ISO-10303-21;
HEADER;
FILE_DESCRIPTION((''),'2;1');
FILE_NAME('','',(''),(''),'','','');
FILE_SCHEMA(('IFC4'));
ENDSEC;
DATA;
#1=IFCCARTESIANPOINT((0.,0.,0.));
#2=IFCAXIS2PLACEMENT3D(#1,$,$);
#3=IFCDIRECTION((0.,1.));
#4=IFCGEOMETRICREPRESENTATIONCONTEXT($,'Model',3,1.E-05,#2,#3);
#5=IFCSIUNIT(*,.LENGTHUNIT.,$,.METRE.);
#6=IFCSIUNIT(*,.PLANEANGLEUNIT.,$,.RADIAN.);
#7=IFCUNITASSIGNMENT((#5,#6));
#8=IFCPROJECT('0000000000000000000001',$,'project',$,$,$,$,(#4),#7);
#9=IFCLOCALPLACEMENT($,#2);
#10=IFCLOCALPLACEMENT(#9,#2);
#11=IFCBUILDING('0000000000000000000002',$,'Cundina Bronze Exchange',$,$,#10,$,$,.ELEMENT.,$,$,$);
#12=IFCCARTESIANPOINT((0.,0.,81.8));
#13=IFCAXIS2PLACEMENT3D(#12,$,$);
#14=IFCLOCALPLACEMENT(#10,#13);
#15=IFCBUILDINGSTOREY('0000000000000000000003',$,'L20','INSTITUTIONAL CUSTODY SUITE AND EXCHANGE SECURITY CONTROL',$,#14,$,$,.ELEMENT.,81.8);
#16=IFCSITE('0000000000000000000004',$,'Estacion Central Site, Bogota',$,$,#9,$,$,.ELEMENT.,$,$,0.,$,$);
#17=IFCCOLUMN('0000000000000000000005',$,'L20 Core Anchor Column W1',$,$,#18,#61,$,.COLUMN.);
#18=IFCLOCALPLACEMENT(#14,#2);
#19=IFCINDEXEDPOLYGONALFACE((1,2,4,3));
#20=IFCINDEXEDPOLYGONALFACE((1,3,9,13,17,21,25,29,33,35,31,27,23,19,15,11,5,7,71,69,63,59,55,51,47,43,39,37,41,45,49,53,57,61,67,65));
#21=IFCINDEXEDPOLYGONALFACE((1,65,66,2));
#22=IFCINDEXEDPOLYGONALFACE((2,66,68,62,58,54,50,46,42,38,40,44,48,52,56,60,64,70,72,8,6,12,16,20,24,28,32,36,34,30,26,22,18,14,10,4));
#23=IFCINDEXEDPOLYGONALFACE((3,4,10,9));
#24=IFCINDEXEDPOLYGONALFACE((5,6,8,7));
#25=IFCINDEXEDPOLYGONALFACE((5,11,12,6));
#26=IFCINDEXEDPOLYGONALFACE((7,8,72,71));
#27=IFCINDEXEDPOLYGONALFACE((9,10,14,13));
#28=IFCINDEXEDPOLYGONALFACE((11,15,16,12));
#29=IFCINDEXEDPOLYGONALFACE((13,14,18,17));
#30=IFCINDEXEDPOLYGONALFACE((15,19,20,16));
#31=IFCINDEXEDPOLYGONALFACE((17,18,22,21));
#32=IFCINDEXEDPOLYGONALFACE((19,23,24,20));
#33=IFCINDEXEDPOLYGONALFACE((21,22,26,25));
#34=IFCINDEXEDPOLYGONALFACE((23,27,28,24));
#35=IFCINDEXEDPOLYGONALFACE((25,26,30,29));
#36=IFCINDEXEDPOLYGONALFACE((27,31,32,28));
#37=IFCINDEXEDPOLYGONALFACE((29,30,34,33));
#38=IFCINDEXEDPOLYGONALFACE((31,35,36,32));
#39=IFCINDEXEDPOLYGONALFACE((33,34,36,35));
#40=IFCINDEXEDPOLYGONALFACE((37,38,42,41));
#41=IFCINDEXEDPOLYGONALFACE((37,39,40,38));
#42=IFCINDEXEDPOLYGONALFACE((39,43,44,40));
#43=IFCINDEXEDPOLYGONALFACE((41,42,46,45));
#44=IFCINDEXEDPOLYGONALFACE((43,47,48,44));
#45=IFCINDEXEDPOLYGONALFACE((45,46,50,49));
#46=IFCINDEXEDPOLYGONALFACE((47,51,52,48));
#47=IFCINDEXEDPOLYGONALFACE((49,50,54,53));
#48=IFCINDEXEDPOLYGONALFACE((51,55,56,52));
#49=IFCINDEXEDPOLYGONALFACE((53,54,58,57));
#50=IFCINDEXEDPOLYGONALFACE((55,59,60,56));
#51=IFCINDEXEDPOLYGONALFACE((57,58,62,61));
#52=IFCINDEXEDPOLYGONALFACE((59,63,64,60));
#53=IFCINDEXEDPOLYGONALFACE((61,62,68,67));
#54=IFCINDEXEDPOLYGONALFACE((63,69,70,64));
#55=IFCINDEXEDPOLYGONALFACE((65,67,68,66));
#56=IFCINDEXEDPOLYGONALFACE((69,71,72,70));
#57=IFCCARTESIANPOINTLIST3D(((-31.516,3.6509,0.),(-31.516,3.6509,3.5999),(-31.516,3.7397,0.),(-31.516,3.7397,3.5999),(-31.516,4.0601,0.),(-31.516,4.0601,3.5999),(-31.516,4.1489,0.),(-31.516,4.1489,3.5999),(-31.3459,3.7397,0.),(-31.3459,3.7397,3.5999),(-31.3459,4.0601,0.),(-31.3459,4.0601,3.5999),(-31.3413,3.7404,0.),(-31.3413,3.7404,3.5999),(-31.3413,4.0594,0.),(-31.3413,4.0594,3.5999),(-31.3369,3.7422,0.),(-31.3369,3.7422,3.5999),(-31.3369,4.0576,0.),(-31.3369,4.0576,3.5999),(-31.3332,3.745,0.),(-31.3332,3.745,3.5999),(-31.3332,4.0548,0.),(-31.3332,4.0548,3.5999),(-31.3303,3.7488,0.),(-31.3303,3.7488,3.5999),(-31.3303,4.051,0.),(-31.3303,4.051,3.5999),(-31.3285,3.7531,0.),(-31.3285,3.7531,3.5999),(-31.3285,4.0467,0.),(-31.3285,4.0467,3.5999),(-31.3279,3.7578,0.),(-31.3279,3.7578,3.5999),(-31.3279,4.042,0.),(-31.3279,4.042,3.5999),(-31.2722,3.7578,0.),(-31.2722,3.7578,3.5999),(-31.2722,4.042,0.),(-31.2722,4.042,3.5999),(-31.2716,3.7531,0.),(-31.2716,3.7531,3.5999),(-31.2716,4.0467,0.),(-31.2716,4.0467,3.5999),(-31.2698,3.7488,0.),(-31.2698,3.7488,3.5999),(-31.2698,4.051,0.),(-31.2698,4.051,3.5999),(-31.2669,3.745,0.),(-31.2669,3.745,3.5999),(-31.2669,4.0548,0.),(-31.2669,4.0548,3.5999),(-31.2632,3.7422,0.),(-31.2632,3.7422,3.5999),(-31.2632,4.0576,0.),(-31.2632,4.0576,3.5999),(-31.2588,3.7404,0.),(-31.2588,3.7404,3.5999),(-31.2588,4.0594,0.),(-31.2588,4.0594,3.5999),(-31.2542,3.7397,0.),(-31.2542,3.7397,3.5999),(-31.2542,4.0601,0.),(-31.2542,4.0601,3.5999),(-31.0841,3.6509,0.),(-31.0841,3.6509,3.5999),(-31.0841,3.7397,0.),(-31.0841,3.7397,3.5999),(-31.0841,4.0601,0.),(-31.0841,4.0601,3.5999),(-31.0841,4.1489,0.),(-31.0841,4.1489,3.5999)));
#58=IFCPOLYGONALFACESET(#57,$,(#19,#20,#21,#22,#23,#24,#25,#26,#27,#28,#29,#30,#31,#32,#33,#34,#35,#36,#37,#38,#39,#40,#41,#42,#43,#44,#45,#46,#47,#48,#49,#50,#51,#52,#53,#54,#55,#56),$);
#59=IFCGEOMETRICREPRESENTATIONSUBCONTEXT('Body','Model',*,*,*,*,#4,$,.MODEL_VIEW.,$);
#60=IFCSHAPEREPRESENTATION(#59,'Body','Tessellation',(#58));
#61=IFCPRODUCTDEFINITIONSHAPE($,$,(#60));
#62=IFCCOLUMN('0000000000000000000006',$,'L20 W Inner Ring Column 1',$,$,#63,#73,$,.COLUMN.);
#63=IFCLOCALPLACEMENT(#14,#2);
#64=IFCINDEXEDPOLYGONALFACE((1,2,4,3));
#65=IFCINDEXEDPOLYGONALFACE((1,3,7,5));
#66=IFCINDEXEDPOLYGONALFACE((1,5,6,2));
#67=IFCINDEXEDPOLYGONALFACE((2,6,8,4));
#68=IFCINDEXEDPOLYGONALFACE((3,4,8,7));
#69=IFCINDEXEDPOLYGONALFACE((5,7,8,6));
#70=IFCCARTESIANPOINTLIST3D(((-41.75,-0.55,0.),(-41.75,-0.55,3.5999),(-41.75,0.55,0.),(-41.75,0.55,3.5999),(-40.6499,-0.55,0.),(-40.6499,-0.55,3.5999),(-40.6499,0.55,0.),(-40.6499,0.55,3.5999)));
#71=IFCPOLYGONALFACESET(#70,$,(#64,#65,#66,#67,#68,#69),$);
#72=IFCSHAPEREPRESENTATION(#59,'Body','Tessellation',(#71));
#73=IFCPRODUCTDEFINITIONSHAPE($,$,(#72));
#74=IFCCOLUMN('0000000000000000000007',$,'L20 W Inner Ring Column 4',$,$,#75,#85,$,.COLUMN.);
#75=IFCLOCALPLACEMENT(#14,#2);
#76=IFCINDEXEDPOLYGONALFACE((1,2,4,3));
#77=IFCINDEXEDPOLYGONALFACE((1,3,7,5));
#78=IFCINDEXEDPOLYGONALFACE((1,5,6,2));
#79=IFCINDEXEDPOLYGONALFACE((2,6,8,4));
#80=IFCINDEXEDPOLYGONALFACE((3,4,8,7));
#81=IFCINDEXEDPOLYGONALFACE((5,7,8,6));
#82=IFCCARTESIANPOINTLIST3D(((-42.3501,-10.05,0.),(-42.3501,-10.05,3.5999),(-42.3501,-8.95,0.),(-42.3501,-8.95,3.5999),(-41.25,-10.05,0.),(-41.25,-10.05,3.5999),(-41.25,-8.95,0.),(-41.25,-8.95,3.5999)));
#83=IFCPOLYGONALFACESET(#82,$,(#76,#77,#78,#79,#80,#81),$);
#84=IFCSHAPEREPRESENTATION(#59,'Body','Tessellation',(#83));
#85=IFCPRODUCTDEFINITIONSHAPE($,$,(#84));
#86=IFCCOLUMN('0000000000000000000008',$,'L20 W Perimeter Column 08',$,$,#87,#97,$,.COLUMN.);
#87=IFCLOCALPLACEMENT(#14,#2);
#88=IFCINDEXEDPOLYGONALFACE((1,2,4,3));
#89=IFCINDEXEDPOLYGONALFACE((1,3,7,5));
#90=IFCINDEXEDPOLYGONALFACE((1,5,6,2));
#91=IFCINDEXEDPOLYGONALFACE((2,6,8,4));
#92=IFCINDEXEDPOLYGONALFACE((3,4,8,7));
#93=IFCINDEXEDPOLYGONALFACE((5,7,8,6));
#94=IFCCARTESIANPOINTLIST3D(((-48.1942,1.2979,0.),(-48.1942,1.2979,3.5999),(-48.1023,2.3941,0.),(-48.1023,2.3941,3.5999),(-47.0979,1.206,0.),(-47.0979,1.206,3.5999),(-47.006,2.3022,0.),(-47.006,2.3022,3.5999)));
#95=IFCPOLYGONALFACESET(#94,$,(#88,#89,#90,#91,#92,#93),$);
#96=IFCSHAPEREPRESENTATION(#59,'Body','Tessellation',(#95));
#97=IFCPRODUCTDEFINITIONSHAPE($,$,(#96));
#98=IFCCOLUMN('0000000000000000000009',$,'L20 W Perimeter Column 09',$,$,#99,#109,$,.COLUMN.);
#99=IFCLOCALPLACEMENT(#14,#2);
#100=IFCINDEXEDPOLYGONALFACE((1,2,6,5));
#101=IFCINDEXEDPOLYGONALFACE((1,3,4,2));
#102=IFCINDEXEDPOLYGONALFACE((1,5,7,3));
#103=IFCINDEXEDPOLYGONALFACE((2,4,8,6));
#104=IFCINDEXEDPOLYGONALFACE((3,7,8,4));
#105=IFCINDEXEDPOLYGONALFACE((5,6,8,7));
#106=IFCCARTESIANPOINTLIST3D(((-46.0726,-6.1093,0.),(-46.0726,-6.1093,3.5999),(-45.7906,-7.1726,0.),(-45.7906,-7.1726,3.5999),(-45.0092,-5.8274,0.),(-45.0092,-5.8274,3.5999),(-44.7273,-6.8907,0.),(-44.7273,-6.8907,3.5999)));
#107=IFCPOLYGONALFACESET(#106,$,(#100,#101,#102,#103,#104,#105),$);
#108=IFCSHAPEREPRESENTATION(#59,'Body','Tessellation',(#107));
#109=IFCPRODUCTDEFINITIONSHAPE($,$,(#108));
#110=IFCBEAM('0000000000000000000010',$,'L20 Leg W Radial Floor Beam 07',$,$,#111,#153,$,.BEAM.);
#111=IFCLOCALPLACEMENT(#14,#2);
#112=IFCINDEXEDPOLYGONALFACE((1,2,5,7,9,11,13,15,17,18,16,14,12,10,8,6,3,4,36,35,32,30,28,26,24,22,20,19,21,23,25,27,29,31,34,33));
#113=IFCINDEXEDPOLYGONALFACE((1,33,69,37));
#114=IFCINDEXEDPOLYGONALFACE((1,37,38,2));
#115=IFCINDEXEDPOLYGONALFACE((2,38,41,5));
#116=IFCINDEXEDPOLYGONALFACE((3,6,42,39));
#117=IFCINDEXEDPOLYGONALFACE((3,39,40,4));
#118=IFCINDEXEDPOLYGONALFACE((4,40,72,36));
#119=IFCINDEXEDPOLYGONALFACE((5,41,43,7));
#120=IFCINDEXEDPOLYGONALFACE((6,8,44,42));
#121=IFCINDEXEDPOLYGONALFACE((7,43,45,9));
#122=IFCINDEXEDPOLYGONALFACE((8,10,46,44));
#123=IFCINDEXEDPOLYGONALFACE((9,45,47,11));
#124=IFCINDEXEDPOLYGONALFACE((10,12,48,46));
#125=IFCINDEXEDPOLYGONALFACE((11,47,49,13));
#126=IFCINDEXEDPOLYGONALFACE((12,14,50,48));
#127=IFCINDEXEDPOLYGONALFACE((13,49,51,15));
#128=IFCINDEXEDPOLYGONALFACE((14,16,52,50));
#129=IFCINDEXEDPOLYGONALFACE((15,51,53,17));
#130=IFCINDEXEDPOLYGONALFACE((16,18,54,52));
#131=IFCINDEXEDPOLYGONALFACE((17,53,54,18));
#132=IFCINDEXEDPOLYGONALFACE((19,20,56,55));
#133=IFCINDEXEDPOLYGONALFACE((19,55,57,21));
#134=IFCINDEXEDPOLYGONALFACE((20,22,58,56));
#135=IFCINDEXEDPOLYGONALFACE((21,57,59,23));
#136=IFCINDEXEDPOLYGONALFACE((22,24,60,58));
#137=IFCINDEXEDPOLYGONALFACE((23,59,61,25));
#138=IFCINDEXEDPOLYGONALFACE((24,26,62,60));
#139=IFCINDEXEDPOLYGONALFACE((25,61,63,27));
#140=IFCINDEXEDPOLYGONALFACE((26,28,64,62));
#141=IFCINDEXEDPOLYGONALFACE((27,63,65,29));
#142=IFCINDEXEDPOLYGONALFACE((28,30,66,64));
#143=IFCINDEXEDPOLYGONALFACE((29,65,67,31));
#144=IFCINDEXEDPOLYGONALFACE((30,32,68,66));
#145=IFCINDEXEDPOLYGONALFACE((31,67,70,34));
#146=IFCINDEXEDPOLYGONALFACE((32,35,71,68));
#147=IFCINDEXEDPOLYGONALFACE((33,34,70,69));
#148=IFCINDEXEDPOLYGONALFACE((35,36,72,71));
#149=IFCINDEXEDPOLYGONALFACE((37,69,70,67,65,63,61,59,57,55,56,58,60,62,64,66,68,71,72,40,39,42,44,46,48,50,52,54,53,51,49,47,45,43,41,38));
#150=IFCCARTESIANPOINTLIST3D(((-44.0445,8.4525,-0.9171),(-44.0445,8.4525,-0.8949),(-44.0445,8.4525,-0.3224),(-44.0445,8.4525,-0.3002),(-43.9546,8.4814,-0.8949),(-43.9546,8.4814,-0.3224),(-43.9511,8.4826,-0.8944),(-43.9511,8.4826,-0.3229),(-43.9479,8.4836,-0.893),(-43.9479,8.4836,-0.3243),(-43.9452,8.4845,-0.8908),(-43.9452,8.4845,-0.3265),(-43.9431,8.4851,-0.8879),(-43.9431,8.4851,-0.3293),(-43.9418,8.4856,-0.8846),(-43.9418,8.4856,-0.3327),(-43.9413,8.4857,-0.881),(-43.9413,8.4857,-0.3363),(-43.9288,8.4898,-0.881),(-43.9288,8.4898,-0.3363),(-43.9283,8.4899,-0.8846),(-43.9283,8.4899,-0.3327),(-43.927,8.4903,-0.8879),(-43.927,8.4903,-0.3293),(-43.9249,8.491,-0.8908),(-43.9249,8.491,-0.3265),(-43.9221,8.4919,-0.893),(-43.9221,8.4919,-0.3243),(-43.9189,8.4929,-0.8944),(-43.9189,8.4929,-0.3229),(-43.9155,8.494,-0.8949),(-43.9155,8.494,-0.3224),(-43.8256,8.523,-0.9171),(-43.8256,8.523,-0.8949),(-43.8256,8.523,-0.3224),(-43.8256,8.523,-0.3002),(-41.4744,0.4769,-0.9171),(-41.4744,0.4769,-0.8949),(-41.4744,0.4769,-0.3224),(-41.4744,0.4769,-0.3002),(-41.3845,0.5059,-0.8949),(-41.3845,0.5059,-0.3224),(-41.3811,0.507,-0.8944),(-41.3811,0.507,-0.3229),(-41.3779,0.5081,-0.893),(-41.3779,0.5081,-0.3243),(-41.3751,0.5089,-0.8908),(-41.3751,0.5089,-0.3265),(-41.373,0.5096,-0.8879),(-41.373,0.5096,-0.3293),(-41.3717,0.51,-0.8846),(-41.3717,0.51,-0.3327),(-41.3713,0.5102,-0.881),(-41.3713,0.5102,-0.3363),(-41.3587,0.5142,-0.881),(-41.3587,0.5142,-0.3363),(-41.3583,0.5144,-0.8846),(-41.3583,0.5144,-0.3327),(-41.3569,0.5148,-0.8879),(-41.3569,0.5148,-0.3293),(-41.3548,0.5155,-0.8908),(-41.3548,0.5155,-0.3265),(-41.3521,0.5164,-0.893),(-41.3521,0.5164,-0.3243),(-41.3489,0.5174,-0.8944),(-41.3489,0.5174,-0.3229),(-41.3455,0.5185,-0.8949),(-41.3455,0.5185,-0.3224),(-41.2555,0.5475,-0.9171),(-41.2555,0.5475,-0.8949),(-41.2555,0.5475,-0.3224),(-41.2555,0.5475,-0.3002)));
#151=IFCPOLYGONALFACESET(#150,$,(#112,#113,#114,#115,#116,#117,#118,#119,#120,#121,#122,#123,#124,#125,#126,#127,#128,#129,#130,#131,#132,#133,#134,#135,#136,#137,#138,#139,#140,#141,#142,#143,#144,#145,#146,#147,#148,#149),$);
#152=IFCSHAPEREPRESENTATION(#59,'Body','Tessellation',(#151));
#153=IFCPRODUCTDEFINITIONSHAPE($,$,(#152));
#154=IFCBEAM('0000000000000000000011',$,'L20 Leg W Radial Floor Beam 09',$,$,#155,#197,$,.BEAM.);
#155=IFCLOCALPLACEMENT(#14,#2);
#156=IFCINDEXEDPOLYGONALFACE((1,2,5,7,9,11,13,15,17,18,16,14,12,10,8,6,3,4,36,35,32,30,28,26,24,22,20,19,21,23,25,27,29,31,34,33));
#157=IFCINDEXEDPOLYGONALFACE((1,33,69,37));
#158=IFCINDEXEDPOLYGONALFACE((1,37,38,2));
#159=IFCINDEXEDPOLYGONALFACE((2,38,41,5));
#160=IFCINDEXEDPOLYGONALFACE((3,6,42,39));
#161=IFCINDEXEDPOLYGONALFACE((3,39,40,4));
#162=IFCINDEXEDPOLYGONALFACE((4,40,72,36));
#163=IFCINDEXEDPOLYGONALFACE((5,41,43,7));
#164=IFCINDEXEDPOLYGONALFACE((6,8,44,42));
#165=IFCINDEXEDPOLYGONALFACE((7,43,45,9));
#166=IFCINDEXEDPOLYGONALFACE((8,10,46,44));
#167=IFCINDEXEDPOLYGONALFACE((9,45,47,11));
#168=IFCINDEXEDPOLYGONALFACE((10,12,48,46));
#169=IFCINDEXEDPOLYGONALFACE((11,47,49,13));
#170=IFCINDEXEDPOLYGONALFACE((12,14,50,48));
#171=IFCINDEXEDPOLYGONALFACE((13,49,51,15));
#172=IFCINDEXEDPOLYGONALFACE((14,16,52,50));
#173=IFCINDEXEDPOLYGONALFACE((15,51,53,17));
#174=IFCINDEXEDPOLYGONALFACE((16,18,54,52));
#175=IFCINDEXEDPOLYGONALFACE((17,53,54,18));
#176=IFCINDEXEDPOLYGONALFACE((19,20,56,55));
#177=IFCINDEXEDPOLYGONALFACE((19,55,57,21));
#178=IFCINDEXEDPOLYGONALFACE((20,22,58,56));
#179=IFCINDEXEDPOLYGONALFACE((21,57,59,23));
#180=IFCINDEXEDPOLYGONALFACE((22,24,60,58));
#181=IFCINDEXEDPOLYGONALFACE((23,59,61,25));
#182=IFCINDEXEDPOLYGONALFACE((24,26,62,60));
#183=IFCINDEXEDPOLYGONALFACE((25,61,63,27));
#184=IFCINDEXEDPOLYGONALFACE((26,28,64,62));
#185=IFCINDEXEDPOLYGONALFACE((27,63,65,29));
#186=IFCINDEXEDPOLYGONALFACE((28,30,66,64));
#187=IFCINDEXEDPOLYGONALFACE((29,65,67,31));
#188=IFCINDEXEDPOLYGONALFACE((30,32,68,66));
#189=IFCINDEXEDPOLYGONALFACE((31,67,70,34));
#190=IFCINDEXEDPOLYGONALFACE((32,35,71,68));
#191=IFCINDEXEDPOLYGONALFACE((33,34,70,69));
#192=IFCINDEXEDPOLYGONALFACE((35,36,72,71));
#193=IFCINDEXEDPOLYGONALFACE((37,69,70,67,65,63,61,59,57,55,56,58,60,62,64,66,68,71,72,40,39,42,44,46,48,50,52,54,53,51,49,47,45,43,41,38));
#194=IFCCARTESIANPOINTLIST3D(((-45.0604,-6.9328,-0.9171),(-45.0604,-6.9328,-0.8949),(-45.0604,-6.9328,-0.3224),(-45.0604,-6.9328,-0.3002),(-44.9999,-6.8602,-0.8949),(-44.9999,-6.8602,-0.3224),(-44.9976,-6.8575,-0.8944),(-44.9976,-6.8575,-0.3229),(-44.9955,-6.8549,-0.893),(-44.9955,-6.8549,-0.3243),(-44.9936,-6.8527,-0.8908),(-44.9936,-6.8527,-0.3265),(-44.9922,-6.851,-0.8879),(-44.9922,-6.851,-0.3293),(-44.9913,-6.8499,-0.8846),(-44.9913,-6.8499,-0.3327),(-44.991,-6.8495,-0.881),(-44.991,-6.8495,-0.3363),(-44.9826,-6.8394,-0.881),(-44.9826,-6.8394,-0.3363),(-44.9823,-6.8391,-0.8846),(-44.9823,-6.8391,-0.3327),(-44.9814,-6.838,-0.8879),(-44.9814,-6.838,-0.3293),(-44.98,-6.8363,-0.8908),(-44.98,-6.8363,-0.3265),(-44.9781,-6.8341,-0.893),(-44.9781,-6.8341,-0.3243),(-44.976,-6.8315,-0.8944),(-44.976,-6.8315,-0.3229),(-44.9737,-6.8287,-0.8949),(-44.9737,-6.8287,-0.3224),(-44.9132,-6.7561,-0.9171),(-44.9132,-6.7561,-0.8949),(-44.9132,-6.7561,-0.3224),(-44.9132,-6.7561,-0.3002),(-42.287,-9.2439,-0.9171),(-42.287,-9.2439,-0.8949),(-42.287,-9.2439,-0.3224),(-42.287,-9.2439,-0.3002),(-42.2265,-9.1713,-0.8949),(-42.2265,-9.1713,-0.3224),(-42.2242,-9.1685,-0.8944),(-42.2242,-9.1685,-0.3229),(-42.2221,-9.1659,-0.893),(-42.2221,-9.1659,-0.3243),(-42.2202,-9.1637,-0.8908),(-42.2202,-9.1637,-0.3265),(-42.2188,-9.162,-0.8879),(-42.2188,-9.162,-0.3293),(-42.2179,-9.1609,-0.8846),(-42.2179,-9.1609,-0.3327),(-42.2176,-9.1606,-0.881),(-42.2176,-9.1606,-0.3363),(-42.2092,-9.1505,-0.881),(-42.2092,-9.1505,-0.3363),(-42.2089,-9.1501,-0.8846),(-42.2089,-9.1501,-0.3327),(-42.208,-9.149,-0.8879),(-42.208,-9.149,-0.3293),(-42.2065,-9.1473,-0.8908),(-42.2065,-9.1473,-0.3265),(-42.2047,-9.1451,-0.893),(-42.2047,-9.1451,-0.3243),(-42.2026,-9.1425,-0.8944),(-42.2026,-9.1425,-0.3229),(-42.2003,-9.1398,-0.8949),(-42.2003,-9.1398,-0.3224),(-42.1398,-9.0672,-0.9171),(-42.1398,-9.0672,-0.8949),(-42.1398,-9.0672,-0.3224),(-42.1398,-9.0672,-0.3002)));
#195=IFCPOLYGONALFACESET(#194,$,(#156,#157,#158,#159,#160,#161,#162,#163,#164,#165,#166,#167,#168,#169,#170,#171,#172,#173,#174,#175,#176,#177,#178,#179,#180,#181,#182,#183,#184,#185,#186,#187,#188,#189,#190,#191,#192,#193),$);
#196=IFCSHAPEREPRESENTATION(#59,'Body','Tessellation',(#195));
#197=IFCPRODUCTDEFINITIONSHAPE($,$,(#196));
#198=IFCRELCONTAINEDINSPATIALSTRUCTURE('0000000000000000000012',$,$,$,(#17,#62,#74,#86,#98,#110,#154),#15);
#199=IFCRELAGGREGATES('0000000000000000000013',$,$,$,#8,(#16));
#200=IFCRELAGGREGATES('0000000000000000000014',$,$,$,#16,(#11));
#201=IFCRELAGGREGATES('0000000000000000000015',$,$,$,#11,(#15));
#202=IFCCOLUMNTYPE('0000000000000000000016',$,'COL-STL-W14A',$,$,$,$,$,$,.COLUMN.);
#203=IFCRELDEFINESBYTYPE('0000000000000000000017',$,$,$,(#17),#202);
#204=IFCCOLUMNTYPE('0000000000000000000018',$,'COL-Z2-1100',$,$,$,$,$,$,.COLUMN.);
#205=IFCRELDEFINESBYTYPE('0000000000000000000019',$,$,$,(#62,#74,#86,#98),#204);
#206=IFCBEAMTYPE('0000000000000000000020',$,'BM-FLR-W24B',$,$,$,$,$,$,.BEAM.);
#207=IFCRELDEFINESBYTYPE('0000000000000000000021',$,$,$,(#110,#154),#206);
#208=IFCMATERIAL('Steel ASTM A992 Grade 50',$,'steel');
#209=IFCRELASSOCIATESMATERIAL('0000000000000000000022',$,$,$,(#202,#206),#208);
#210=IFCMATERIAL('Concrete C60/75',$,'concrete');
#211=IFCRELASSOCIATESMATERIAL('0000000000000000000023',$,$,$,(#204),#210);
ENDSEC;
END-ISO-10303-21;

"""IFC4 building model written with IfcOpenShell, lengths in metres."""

from ifc_helpers import new_model, si_unit, direction, frame, origin, origin_2d, place, context, subcontext, project, spatial, rectangle, i_section, extrude, material, material_profile, profile_set, type_object, element, save


model = new_model("IFC4")

# Units and contexts
model_context = context("Model", 3, precision=1e-05, world=origin(), true_north=direction((0.0, 1.0)))
body_context = subcontext(model_context, "Body", "Model", "MODEL_VIEW")
ifc_project = project(units=[si_unit("LENGTHUNIT", "METRE"), si_unit("PLANEANGLEUNIT", "RADIAN")], contexts=[model_context])

# Site, building, storey
site_placement = place(None, origin())
site = spatial("IfcSite", under=ifc_project, at=site_placement, Name="Estacion Central Site, Bogota", CompositionType="ELEMENT", RefElevation=0.0)
building_placement = place(site_placement, origin())
building = spatial("IfcBuilding", under=site, at=building_placement, Name="Cundina Bronze Exchange", CompositionType="ELEMENT")
storey_placement = place(building_placement, frame((0.0, 0.0, 81.8)))
storey = spatial("IfcBuildingStorey", under=building, at=storey_placement, Name="L20", Description="INSTITUTIONAL CUSTODY SUITE AND EXCHANGE SECURITY CONTROL", CompositionType="ELEMENT", Elevation=81.8)

# Columns
ifc_material_1 = material(Name="Steel ASTM A992 Grade 50", Category="steel")
ifc_material_profile_1 = material_profile(ifc_material_1, i_section(OverallWidth=0.4319, OverallDepth=0.498, WebThickness=0.0557, FlangeThickness=0.0889, FilletRadius=0.0181, at=origin_2d()), Name="W14X500", Category="steel")
ifc_profile_set_1 = profile_set([ifc_material_profile_1], Name="Steel ASTM A992 Grade 50")
column_type_1 = type_object("IfcColumnType", Name="COL-STL-W14A", PredefinedType="COLUMN", material=ifc_profile_set_1)
column_placement = place(storey_placement, frame((-31.3, 3.8999, 0.0), z_axis=(0.0, 0.0, 1.0), x_axis=(1.0, 0.0, 0.0)))
element("IfcColumn", 1, at=column_placement, inside=storey, type_object=column_type_1, Name="L20 Core Anchor Column W1", PredefinedType="COLUMN", context=body_context, shape_type="SweptSolid", body=[
    extrude(i_section(OverallWidth=0.4319, OverallDepth=0.498, WebThickness=0.0557, FlangeThickness=0.0889, FilletRadius=0.0181, at=origin_2d()), origin(), (0.0, 0.0, 1.0), 3.5999),
])
ifc_material_2 = material(Name="Concrete C60/75", Category="concrete")
ifc_material_profile_2 = material_profile(ifc_material_2, rectangle(XDim=1.1001, YDim=1.1001, at=origin_2d()), Name="RC1100X1100", Category="concrete")
ifc_profile_set_2 = profile_set([ifc_material_profile_2], Name="Concrete C60/75")
column_type_2 = type_object("IfcColumnType", Name="COL-Z2-1100", PredefinedType="COLUMN", material=ifc_profile_set_2)
for number, where, z_axis, x_axis, name in (
    (2, (-41.2, 0.0, 0.0), (0.0, 0.0, 1.0), (1.0, 0.0, 0.0), "L20 W Inner Ring Column 1"),
    (3, (-41.8, -9.5, 0.0), (0.0, 0.0, 1.0), (1.0, 0.0, 0.0), "L20 W Inner Ring Column 4"),
    (4, (-47.6001, 1.8, 0.0), (0.0, 0.0, 1.0), (-0.083504, -0.996507, 0.0), "L20 W Perimeter Column 08"),
    (5, (-45.3999, -6.5, 0.0), (0.0, 0.0, 1.0), (0.256289, -0.9666, 0.0), "L20 W Perimeter Column 09"),
):
    element("IfcColumn", number, at=place(storey_placement, frame(where, z_axis=z_axis, x_axis=x_axis)), inside=storey, type_object=column_type_2, Name=name, PredefinedType="COLUMN", context=body_context, shape_type="SweptSolid", body=[
        extrude(rectangle(XDim=1.1001, YDim=1.1001, at=origin_2d()), origin(), (0.0, 0.0, 1.0), 3.5999),
    ])

# Beams
ifc_material_profile_3 = material_profile(ifc_material_1, i_section(OverallWidth=0.23, OverallDepth=0.6169, WebThickness=0.0132, FlangeThickness=0.0222, FilletRadius=0.0139, at=origin_2d()), Name="W24X94", Category="steel")
ifc_profile_set_3 = profile_set([ifc_material_profile_3], Name="Steel ASTM A992 Grade 50")
beam_type_1 = type_object("IfcBeamType", Name="BM-FLR-W24B", PredefinedType="BEAM", material=ifc_profile_set_3)
beam_1_placement = place(storey_placement, frame((-41.365, 0.5122, -0.6086), z_axis=(-0.306711, 0.951803, 0.0), x_axis=(-0.951803, -0.306711, 0.0)))
element("IfcBeam", 6, at=beam_1_placement, inside=storey, type_object=beam_type_1, Name="L20 Leg W Radial Floor Beam 07", PredefinedType="BEAM", context=body_context, shape_type="SweptSolid", body=[
    extrude(i_section(OverallWidth=0.23, OverallDepth=0.6169, WebThickness=0.0132, FlangeThickness=0.0222, FilletRadius=0.0139, at=origin_2d()), origin(), (0.0, 0.0, 1.0), 8.3794),
])
beam_2_placement = place(storey_placement, frame((-42.2134, -9.1555, -0.6086), z_axis=(-0.768243, 0.640158, 0.0), x_axis=(-0.640158, -0.768243, 0.0)))
element("IfcBeam", 7, at=beam_2_placement, inside=storey, type_object=beam_type_1, Name="L20 Leg W Radial Floor Beam 09", PredefinedType="BEAM", context=body_context, shape_type="SweptSolid", body=[
    extrude(i_section(OverallWidth=0.23, OverallDepth=0.6169, WebThickness=0.0132, FlangeThickness=0.0222, FilletRadius=0.0139, at=origin_2d()), origin(), (0.0, 0.0, 1.0), 3.6101),
])

save(model, "model.ifc")
